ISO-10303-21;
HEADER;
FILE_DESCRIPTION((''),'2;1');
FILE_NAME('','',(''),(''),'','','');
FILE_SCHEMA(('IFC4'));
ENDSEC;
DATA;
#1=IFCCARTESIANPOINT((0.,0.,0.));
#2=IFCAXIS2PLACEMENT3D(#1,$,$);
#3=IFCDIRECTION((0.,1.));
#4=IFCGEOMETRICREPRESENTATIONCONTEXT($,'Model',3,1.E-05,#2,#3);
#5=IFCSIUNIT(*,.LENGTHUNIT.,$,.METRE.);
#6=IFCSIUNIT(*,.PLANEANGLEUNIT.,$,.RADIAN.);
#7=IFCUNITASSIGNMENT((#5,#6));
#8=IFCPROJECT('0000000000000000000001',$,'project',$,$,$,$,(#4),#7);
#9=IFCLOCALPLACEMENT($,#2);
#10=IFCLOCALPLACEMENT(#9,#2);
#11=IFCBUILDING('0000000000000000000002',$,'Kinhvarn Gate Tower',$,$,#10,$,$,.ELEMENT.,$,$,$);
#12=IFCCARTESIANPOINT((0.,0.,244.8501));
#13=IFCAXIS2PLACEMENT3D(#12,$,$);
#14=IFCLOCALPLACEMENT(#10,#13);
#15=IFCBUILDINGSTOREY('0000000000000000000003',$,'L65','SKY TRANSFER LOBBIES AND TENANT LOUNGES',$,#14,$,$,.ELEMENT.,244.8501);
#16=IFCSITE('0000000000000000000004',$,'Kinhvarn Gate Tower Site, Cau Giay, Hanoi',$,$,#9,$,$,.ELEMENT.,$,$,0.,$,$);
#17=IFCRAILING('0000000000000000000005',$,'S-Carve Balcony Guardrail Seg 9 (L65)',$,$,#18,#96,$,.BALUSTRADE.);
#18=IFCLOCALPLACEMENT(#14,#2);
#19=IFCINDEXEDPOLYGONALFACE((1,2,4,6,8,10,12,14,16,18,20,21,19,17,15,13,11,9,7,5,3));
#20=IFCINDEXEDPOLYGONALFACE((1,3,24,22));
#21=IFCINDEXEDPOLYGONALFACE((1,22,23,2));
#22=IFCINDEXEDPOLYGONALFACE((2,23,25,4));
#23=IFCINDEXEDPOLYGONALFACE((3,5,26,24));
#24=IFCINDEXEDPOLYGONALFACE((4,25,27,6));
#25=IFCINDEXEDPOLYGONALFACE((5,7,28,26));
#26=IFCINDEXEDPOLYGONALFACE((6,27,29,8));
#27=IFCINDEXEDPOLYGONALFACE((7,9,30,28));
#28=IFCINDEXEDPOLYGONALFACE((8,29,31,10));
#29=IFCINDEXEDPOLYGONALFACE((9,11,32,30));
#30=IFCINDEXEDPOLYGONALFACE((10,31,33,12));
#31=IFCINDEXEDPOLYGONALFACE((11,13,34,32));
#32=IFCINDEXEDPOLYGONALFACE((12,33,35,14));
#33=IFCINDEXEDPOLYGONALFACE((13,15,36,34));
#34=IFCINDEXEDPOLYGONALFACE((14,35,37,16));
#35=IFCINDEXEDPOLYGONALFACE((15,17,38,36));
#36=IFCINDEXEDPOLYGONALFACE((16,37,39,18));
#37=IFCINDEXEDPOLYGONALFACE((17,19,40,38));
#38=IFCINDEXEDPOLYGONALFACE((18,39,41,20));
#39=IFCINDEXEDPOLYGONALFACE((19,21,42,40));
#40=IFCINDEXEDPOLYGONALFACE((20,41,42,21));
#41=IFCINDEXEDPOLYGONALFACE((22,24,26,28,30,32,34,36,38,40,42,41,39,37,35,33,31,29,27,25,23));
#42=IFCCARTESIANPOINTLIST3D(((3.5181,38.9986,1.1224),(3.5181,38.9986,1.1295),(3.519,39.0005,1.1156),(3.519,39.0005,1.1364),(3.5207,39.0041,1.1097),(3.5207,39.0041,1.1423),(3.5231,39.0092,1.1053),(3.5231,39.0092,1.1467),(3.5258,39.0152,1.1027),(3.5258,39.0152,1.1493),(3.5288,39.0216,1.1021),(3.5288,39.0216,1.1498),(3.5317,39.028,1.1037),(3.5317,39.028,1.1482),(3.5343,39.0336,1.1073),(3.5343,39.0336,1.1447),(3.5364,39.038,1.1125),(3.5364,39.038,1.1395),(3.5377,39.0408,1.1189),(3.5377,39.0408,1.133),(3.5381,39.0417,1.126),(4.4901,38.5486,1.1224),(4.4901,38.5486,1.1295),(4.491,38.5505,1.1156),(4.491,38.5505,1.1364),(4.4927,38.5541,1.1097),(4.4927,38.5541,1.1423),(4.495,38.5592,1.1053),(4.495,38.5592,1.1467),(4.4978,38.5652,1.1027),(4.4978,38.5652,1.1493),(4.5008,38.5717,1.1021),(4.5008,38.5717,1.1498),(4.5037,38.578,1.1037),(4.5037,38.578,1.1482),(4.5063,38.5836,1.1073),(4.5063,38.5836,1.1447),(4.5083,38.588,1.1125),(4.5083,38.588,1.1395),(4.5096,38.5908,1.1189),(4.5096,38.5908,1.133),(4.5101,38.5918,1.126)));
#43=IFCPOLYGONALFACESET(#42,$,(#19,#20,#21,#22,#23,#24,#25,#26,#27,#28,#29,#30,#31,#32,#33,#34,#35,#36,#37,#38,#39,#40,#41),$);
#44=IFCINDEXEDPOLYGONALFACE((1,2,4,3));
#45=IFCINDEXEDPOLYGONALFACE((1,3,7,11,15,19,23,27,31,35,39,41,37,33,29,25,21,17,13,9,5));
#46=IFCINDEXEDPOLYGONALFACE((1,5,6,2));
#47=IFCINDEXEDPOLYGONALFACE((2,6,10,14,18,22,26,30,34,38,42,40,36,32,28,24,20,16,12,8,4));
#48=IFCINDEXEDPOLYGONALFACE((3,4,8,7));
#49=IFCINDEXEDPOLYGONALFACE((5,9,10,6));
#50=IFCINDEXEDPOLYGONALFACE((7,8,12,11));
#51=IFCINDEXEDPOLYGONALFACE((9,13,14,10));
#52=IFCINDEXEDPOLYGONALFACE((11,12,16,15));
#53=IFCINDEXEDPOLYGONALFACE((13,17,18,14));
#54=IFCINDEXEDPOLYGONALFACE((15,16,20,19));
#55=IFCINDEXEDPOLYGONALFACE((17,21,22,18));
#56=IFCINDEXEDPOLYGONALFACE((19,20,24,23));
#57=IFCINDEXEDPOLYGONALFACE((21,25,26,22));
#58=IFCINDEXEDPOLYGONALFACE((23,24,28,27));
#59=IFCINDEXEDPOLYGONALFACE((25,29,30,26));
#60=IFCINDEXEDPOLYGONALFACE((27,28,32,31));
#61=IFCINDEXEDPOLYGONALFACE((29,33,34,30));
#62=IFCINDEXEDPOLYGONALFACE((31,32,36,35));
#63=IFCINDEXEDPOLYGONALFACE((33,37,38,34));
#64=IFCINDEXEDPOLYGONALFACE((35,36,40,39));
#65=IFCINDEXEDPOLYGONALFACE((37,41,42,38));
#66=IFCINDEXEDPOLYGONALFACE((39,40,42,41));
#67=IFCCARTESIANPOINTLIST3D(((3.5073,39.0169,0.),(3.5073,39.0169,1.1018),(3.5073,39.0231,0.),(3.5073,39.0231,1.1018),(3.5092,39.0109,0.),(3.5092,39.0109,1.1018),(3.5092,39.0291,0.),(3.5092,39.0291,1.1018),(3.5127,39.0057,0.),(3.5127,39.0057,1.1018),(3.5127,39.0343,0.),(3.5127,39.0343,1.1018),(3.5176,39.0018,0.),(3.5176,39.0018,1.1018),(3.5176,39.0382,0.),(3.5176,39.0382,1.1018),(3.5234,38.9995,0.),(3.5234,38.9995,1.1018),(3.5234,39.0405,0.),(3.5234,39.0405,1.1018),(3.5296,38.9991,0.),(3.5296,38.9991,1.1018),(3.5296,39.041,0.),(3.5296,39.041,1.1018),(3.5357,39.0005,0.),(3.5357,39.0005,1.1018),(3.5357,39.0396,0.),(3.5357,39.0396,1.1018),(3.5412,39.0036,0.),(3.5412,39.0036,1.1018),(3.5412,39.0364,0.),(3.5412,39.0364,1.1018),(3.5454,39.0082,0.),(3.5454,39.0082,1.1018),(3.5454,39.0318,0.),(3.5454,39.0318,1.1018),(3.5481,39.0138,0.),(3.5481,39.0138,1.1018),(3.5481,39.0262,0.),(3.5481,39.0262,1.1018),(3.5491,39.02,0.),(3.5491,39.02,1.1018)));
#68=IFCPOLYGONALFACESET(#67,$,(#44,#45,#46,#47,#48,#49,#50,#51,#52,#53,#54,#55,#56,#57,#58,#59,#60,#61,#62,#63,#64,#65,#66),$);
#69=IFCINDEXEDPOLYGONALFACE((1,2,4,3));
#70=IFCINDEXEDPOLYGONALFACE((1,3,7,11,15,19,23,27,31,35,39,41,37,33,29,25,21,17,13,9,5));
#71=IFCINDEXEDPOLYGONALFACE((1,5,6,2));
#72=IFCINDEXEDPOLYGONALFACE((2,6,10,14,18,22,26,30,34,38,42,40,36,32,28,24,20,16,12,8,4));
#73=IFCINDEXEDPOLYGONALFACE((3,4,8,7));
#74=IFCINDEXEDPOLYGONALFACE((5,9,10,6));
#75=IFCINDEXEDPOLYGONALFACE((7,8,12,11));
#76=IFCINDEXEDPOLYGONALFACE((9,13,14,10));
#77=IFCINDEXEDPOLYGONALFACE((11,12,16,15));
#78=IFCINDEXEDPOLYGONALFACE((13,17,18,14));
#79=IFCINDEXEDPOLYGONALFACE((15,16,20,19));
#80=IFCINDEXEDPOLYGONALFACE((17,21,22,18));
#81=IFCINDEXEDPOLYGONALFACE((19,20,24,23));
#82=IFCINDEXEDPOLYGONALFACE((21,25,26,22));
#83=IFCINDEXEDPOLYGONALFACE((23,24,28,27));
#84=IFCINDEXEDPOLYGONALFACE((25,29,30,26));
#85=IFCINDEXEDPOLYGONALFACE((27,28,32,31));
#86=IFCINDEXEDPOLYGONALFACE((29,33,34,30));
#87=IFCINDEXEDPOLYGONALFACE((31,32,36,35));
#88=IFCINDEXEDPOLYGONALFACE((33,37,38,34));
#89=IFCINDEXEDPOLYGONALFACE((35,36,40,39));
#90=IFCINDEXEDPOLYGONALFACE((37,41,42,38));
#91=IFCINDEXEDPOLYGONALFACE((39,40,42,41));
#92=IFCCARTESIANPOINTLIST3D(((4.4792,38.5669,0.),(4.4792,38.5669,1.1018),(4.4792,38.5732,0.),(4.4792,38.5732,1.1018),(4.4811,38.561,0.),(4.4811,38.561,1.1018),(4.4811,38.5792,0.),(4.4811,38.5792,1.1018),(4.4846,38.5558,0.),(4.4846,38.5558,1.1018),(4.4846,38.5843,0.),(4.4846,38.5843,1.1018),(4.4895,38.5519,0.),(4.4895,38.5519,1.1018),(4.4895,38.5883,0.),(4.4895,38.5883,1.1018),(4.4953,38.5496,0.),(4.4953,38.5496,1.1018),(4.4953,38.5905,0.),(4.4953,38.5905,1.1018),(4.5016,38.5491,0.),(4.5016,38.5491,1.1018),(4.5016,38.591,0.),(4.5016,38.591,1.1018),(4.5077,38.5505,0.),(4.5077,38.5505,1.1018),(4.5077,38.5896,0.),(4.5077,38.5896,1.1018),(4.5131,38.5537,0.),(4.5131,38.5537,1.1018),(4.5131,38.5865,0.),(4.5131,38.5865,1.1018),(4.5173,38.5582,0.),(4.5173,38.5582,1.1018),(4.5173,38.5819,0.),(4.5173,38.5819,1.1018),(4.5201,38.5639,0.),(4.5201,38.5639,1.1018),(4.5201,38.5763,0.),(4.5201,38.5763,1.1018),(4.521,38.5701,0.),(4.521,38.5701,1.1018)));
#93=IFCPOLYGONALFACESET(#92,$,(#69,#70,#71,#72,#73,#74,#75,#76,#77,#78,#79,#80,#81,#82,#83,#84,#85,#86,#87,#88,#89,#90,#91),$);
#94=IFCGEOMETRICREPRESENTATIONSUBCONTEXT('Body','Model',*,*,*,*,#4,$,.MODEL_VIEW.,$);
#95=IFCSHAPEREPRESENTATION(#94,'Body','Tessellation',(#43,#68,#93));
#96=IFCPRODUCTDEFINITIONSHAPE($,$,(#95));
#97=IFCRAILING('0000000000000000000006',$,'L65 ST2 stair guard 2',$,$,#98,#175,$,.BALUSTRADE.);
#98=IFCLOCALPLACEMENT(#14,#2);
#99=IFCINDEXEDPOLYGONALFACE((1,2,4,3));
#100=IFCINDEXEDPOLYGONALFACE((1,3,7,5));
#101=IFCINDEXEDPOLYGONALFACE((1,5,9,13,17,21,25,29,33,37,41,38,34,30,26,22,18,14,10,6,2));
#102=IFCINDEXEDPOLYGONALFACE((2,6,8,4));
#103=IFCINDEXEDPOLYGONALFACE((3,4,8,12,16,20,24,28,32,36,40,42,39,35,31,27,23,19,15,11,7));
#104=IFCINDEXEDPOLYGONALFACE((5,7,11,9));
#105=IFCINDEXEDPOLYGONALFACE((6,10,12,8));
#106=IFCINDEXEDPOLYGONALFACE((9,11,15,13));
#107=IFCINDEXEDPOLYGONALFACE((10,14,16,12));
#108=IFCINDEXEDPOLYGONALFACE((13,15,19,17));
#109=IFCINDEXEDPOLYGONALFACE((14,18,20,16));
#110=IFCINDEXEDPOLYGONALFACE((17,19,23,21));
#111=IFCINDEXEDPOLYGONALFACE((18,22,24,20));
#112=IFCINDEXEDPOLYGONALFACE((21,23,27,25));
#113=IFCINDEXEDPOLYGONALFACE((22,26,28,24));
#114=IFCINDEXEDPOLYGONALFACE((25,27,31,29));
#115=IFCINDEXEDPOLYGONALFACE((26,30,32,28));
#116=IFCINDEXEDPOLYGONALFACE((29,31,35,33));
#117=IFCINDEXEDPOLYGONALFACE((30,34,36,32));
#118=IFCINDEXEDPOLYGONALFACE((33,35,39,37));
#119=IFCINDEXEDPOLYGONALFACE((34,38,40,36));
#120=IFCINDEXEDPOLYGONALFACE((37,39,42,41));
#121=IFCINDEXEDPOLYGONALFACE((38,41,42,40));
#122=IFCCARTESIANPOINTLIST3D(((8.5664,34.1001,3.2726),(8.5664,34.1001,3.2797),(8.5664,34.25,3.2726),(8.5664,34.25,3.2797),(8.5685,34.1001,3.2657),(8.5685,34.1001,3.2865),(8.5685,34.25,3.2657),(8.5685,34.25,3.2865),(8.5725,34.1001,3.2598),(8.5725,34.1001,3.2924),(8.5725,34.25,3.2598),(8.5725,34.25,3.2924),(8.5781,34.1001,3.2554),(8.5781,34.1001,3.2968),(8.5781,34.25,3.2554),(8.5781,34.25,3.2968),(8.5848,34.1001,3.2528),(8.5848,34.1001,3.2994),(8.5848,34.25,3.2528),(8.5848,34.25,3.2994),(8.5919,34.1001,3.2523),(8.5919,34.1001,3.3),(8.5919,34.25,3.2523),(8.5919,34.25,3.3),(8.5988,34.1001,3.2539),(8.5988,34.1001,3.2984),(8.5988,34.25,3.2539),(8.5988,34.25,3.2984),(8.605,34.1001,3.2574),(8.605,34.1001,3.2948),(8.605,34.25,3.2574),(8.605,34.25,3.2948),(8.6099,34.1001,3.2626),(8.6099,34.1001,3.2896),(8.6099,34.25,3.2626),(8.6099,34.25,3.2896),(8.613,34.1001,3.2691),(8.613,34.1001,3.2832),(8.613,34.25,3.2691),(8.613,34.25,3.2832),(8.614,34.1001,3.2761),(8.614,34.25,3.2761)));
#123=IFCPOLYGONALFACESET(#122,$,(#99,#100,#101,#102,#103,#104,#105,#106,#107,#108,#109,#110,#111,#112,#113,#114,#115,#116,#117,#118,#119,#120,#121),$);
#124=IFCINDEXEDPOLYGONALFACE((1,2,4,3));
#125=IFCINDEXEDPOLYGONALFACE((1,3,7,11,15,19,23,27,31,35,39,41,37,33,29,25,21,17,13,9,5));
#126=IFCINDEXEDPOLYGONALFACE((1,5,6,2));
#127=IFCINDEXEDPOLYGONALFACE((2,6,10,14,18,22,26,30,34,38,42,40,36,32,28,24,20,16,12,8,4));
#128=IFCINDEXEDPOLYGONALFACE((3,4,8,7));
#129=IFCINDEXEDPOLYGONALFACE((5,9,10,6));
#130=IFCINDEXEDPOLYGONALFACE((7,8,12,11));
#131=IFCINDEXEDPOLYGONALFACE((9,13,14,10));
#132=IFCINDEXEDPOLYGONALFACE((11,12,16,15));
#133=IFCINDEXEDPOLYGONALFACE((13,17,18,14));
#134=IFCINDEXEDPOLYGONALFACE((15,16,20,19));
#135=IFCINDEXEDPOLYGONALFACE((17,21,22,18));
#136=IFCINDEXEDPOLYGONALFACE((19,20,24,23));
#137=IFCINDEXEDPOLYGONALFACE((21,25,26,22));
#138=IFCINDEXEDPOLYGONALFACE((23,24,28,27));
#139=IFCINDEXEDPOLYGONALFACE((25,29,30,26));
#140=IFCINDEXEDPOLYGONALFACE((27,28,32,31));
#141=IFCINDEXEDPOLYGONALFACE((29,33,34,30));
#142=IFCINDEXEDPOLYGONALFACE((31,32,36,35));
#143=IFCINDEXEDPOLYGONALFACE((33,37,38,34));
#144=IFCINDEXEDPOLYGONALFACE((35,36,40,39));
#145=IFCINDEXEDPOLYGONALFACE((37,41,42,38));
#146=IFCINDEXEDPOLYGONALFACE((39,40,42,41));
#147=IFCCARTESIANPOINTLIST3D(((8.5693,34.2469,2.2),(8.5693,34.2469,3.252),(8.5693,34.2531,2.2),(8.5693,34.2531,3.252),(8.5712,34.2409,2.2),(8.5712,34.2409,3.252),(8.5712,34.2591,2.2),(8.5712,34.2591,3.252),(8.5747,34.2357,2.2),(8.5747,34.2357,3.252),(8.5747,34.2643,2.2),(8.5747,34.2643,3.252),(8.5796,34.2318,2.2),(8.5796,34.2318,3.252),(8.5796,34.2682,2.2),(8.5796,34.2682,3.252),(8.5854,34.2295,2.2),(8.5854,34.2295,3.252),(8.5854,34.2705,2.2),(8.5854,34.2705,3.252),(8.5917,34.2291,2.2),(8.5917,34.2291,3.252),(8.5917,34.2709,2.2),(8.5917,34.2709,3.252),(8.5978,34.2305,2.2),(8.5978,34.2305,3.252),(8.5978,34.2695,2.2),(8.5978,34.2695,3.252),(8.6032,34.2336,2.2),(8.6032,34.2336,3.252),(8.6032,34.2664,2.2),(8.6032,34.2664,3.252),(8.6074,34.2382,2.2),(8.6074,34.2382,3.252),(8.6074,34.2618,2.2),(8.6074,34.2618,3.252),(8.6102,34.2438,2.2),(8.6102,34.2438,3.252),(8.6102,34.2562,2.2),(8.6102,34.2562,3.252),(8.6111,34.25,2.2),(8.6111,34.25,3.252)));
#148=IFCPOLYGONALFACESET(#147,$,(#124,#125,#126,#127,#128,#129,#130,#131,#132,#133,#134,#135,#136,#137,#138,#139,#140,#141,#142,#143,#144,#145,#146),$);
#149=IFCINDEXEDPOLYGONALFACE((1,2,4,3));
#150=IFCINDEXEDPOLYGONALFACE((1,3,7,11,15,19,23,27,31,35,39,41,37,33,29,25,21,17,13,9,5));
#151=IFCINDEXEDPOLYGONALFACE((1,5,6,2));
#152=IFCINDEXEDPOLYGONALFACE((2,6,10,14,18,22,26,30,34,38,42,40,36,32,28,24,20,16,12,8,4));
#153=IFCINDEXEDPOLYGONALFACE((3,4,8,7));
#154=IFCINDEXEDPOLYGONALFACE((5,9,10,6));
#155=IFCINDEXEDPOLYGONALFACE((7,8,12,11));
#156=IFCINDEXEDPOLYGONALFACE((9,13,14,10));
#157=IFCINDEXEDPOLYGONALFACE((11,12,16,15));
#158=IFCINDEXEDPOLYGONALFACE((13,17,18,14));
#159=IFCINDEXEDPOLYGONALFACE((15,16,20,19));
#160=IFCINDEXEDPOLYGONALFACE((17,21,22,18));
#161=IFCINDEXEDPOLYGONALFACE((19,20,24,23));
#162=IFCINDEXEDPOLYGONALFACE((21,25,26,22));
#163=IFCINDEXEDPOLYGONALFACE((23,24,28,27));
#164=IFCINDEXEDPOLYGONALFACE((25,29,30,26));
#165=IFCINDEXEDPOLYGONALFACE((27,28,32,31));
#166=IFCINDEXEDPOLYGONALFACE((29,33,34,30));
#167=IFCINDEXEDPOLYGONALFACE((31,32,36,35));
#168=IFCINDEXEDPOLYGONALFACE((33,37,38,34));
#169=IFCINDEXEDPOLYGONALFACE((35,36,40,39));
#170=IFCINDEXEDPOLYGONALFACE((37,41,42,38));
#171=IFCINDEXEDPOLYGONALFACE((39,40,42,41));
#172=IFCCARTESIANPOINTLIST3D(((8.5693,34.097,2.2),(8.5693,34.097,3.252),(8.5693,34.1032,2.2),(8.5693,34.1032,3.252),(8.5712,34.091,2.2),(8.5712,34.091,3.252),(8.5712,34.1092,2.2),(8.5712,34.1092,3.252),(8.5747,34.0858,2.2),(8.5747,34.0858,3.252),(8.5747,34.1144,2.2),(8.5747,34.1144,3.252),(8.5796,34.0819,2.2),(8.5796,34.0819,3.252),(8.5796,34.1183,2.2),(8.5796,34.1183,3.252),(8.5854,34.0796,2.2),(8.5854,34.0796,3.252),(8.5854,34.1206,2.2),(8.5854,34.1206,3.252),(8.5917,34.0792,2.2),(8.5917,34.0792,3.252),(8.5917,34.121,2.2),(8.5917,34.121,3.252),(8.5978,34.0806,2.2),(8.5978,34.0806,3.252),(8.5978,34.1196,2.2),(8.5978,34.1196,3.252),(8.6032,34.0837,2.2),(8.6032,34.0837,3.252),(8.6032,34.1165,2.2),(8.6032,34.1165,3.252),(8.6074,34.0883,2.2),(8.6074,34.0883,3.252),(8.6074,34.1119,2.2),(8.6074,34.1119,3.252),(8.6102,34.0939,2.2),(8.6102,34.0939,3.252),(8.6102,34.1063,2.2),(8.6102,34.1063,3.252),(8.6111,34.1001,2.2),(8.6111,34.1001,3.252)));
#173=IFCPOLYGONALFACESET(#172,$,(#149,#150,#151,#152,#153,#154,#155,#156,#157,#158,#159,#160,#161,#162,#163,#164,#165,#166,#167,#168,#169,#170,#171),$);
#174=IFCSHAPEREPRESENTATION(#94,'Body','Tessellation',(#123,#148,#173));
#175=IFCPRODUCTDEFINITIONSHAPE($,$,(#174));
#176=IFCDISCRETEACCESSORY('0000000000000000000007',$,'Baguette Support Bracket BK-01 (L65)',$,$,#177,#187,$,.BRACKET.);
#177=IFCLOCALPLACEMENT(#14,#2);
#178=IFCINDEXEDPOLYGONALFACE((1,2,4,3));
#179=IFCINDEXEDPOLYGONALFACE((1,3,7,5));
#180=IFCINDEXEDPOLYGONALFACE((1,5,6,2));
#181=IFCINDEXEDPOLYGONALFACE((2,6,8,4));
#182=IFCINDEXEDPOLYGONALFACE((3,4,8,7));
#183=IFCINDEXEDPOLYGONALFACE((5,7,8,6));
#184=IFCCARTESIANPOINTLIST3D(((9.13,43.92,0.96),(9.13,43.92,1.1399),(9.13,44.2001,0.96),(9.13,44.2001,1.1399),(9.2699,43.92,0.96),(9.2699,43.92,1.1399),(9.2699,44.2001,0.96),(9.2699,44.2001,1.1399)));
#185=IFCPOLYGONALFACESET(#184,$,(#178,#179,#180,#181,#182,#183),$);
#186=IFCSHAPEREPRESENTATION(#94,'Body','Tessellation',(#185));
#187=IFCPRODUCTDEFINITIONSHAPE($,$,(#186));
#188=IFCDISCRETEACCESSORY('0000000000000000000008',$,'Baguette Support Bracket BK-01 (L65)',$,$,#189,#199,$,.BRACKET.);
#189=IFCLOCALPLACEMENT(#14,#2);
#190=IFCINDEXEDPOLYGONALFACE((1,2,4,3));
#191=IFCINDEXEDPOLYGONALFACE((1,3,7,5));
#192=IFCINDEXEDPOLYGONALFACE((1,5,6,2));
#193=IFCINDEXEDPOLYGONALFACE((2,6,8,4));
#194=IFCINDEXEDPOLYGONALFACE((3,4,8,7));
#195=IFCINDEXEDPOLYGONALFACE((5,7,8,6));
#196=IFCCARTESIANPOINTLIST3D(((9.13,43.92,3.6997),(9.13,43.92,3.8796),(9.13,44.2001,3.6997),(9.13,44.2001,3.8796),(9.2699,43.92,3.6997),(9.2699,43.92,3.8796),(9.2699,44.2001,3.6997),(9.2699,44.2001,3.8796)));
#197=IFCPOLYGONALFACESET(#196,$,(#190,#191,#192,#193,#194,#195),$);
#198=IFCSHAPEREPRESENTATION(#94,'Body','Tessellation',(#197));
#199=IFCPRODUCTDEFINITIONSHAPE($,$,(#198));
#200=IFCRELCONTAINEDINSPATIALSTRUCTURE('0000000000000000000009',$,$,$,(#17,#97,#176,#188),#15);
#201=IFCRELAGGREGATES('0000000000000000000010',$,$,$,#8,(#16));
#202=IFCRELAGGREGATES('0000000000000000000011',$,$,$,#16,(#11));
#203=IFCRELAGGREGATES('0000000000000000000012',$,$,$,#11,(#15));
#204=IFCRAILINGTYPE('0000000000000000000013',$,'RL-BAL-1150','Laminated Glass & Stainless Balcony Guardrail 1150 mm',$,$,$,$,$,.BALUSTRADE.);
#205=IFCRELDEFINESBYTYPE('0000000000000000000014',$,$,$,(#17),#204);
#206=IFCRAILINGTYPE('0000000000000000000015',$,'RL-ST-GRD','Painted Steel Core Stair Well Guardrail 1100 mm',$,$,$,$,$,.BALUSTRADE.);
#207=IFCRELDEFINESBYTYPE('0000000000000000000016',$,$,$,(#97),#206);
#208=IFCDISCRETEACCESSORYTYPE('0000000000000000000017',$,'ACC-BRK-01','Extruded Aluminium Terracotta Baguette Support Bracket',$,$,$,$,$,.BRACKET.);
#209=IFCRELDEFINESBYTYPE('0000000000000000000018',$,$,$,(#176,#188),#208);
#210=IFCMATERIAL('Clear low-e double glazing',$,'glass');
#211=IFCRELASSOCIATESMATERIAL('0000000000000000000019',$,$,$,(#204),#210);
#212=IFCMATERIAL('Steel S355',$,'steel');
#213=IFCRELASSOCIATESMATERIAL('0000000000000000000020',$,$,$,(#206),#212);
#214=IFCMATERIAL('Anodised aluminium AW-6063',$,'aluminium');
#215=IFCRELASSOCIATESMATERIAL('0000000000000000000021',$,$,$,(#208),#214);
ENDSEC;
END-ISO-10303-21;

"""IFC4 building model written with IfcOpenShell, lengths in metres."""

from ifc_helpers import new_model, si_unit, direction, frame, origin, origin_2d, place, context, subcontext, project, spatial, rectangle, circle, extrude, material, type_object, element, save


model = new_model("IFC4")

# Units and contexts
model_context = context("Model", 3, precision=1e-05, world=origin(), true_north=direction((0.0, 1.0)))
body_context = subcontext(model_context, "Body", "Model", "MODEL_VIEW")
ifc_project = project(units=[si_unit("LENGTHUNIT", "METRE"), si_unit("PLANEANGLEUNIT", "RADIAN")], contexts=[model_context])

# Site, building, storey
site_placement = place(None, origin())
site = spatial("IfcSite", under=ifc_project, at=site_placement, Name="Kinhvarn Gate Tower Site, Cau Giay, Hanoi", CompositionType="ELEMENT", RefElevation=0.0)
building_placement = place(site_placement, origin())
building = spatial("IfcBuilding", under=site, at=building_placement, Name="Kinhvarn Gate Tower", CompositionType="ELEMENT")
storey_placement = place(building_placement, frame((0.0, 0.0, 244.8501)))
storey = spatial("IfcBuildingStorey", under=building, at=storey_placement, Name="L65", Description="SKY TRANSFER LOBBIES AND TENANT LOUNGES", CompositionType="ELEMENT", Elevation=244.8501)

# Shared definitions
ifc_material_1 = material(Name="Anodised aluminium AW-6063", Category="aluminium")

# Shared definitions
ifc_material_2 = material(Name="Steel S355", Category="steel")

# Shared definitions
ifc_material_3 = material(Name="Clear low-e double glazing", Category="glass")

# Railings
railing_type_1 = type_object("IfcRailingType", Name="RL-BAL-1150", Description="Laminated Glass & Stainless Balcony Guardrail 1150 mm", PredefinedType="BALUSTRADE", material=ifc_material_3)
railing_1_placement = place(storey_placement, frame((3.5281, 39.02, 0.0)))
element("IfcRailing", 1, at=railing_1_placement, inside=storey, type_object=railing_type_1, Name="S-Carve Balcony Guardrail Seg 9 (L65)", PredefinedType="BALUSTRADE", context=body_context, shape_type="SweptSolid", body=[
    extrude(circle(Radius=0.0239, at=origin_2d()), frame((0.0, 0.0, 1.126), z_axis=(0.907472, -0.420113, 0.0), x_axis=(0.420113, 0.907472, 0.0)), (0.0, 0.0, 1.0), 1.071),
    extrude(circle(Radius=0.021, at=origin_2d()), origin(), (0.0, 0.0, 1.0), 1.1018),
    extrude(circle(Radius=0.021, at=origin_2d()), frame((0.9719, -0.45, 0.0)), (0.0, 0.0, 1.0), 1.1018),
])
railing_type_2 = type_object("IfcRailingType", Name="RL-ST-GRD", Description="Painted Steel Core Stair Well Guardrail 1100 mm", PredefinedType="BALUSTRADE", material=ifc_material_2)
railing_2_placement = place(storey_placement, frame((8.5901, 34.25, 2.2)))
element("IfcRailing", 2, at=railing_2_placement, inside=storey, type_object=railing_type_2, Name="L65 ST2 stair guard 2", PredefinedType="BALUSTRADE", context=body_context, shape_type="SweptSolid", body=[
    extrude(circle(Radius=0.0239, at=origin_2d()), frame((0.0, 0.0, 1.0762), z_axis=(0.0, -1.0, 0.0), x_axis=(1.0, 0.0, 0.0)), (0.0, 0.0, 1.0), 0.1499),
    extrude(circle(Radius=0.021, at=origin_2d()), origin(), (0.0, 0.0, 1.0), 1.052),
    extrude(circle(Radius=0.021, at=origin_2d()), frame((0.0, -0.1499, 0.0)), (0.0, 0.0, 1.0), 1.052),
])

# Discrete accessories
discrete_accessory_type = type_object("IfcDiscreteAccessoryType", Name="ACC-BRK-01", Description="Extruded Aluminium Terracotta Baguette Support Bracket", PredefinedType="BRACKET", material=ifc_material_1)
for number, where, z_axis, x_axis, name in (
    (3, (9.2, 44.0601, 0.96), (0.0, 0.0, 1.0), (-1.0, 0.0, 0.0), "Baguette Support Bracket BK-01 (L65)"),
    (4, (9.2, 44.0601, 3.6997), (0.0, 0.0, 1.0), (-1.0, 0.0, 0.0), "Baguette Support Bracket BK-01 (L65)"),
):
    element("IfcDiscreteAccessory", number, at=place(storey_placement, frame(where, z_axis=z_axis, x_axis=x_axis)), inside=storey, type_object=discrete_accessory_type, Name=name, PredefinedType="BRACKET", context=body_context, shape_type="SweptSolid", body=[
        extrude(rectangle(XDim=0.1399, YDim=0.28, at=origin_2d()), origin(), (0.0, 0.0, 1.0), 0.1799),
    ])

save(model, "model.ifc")
